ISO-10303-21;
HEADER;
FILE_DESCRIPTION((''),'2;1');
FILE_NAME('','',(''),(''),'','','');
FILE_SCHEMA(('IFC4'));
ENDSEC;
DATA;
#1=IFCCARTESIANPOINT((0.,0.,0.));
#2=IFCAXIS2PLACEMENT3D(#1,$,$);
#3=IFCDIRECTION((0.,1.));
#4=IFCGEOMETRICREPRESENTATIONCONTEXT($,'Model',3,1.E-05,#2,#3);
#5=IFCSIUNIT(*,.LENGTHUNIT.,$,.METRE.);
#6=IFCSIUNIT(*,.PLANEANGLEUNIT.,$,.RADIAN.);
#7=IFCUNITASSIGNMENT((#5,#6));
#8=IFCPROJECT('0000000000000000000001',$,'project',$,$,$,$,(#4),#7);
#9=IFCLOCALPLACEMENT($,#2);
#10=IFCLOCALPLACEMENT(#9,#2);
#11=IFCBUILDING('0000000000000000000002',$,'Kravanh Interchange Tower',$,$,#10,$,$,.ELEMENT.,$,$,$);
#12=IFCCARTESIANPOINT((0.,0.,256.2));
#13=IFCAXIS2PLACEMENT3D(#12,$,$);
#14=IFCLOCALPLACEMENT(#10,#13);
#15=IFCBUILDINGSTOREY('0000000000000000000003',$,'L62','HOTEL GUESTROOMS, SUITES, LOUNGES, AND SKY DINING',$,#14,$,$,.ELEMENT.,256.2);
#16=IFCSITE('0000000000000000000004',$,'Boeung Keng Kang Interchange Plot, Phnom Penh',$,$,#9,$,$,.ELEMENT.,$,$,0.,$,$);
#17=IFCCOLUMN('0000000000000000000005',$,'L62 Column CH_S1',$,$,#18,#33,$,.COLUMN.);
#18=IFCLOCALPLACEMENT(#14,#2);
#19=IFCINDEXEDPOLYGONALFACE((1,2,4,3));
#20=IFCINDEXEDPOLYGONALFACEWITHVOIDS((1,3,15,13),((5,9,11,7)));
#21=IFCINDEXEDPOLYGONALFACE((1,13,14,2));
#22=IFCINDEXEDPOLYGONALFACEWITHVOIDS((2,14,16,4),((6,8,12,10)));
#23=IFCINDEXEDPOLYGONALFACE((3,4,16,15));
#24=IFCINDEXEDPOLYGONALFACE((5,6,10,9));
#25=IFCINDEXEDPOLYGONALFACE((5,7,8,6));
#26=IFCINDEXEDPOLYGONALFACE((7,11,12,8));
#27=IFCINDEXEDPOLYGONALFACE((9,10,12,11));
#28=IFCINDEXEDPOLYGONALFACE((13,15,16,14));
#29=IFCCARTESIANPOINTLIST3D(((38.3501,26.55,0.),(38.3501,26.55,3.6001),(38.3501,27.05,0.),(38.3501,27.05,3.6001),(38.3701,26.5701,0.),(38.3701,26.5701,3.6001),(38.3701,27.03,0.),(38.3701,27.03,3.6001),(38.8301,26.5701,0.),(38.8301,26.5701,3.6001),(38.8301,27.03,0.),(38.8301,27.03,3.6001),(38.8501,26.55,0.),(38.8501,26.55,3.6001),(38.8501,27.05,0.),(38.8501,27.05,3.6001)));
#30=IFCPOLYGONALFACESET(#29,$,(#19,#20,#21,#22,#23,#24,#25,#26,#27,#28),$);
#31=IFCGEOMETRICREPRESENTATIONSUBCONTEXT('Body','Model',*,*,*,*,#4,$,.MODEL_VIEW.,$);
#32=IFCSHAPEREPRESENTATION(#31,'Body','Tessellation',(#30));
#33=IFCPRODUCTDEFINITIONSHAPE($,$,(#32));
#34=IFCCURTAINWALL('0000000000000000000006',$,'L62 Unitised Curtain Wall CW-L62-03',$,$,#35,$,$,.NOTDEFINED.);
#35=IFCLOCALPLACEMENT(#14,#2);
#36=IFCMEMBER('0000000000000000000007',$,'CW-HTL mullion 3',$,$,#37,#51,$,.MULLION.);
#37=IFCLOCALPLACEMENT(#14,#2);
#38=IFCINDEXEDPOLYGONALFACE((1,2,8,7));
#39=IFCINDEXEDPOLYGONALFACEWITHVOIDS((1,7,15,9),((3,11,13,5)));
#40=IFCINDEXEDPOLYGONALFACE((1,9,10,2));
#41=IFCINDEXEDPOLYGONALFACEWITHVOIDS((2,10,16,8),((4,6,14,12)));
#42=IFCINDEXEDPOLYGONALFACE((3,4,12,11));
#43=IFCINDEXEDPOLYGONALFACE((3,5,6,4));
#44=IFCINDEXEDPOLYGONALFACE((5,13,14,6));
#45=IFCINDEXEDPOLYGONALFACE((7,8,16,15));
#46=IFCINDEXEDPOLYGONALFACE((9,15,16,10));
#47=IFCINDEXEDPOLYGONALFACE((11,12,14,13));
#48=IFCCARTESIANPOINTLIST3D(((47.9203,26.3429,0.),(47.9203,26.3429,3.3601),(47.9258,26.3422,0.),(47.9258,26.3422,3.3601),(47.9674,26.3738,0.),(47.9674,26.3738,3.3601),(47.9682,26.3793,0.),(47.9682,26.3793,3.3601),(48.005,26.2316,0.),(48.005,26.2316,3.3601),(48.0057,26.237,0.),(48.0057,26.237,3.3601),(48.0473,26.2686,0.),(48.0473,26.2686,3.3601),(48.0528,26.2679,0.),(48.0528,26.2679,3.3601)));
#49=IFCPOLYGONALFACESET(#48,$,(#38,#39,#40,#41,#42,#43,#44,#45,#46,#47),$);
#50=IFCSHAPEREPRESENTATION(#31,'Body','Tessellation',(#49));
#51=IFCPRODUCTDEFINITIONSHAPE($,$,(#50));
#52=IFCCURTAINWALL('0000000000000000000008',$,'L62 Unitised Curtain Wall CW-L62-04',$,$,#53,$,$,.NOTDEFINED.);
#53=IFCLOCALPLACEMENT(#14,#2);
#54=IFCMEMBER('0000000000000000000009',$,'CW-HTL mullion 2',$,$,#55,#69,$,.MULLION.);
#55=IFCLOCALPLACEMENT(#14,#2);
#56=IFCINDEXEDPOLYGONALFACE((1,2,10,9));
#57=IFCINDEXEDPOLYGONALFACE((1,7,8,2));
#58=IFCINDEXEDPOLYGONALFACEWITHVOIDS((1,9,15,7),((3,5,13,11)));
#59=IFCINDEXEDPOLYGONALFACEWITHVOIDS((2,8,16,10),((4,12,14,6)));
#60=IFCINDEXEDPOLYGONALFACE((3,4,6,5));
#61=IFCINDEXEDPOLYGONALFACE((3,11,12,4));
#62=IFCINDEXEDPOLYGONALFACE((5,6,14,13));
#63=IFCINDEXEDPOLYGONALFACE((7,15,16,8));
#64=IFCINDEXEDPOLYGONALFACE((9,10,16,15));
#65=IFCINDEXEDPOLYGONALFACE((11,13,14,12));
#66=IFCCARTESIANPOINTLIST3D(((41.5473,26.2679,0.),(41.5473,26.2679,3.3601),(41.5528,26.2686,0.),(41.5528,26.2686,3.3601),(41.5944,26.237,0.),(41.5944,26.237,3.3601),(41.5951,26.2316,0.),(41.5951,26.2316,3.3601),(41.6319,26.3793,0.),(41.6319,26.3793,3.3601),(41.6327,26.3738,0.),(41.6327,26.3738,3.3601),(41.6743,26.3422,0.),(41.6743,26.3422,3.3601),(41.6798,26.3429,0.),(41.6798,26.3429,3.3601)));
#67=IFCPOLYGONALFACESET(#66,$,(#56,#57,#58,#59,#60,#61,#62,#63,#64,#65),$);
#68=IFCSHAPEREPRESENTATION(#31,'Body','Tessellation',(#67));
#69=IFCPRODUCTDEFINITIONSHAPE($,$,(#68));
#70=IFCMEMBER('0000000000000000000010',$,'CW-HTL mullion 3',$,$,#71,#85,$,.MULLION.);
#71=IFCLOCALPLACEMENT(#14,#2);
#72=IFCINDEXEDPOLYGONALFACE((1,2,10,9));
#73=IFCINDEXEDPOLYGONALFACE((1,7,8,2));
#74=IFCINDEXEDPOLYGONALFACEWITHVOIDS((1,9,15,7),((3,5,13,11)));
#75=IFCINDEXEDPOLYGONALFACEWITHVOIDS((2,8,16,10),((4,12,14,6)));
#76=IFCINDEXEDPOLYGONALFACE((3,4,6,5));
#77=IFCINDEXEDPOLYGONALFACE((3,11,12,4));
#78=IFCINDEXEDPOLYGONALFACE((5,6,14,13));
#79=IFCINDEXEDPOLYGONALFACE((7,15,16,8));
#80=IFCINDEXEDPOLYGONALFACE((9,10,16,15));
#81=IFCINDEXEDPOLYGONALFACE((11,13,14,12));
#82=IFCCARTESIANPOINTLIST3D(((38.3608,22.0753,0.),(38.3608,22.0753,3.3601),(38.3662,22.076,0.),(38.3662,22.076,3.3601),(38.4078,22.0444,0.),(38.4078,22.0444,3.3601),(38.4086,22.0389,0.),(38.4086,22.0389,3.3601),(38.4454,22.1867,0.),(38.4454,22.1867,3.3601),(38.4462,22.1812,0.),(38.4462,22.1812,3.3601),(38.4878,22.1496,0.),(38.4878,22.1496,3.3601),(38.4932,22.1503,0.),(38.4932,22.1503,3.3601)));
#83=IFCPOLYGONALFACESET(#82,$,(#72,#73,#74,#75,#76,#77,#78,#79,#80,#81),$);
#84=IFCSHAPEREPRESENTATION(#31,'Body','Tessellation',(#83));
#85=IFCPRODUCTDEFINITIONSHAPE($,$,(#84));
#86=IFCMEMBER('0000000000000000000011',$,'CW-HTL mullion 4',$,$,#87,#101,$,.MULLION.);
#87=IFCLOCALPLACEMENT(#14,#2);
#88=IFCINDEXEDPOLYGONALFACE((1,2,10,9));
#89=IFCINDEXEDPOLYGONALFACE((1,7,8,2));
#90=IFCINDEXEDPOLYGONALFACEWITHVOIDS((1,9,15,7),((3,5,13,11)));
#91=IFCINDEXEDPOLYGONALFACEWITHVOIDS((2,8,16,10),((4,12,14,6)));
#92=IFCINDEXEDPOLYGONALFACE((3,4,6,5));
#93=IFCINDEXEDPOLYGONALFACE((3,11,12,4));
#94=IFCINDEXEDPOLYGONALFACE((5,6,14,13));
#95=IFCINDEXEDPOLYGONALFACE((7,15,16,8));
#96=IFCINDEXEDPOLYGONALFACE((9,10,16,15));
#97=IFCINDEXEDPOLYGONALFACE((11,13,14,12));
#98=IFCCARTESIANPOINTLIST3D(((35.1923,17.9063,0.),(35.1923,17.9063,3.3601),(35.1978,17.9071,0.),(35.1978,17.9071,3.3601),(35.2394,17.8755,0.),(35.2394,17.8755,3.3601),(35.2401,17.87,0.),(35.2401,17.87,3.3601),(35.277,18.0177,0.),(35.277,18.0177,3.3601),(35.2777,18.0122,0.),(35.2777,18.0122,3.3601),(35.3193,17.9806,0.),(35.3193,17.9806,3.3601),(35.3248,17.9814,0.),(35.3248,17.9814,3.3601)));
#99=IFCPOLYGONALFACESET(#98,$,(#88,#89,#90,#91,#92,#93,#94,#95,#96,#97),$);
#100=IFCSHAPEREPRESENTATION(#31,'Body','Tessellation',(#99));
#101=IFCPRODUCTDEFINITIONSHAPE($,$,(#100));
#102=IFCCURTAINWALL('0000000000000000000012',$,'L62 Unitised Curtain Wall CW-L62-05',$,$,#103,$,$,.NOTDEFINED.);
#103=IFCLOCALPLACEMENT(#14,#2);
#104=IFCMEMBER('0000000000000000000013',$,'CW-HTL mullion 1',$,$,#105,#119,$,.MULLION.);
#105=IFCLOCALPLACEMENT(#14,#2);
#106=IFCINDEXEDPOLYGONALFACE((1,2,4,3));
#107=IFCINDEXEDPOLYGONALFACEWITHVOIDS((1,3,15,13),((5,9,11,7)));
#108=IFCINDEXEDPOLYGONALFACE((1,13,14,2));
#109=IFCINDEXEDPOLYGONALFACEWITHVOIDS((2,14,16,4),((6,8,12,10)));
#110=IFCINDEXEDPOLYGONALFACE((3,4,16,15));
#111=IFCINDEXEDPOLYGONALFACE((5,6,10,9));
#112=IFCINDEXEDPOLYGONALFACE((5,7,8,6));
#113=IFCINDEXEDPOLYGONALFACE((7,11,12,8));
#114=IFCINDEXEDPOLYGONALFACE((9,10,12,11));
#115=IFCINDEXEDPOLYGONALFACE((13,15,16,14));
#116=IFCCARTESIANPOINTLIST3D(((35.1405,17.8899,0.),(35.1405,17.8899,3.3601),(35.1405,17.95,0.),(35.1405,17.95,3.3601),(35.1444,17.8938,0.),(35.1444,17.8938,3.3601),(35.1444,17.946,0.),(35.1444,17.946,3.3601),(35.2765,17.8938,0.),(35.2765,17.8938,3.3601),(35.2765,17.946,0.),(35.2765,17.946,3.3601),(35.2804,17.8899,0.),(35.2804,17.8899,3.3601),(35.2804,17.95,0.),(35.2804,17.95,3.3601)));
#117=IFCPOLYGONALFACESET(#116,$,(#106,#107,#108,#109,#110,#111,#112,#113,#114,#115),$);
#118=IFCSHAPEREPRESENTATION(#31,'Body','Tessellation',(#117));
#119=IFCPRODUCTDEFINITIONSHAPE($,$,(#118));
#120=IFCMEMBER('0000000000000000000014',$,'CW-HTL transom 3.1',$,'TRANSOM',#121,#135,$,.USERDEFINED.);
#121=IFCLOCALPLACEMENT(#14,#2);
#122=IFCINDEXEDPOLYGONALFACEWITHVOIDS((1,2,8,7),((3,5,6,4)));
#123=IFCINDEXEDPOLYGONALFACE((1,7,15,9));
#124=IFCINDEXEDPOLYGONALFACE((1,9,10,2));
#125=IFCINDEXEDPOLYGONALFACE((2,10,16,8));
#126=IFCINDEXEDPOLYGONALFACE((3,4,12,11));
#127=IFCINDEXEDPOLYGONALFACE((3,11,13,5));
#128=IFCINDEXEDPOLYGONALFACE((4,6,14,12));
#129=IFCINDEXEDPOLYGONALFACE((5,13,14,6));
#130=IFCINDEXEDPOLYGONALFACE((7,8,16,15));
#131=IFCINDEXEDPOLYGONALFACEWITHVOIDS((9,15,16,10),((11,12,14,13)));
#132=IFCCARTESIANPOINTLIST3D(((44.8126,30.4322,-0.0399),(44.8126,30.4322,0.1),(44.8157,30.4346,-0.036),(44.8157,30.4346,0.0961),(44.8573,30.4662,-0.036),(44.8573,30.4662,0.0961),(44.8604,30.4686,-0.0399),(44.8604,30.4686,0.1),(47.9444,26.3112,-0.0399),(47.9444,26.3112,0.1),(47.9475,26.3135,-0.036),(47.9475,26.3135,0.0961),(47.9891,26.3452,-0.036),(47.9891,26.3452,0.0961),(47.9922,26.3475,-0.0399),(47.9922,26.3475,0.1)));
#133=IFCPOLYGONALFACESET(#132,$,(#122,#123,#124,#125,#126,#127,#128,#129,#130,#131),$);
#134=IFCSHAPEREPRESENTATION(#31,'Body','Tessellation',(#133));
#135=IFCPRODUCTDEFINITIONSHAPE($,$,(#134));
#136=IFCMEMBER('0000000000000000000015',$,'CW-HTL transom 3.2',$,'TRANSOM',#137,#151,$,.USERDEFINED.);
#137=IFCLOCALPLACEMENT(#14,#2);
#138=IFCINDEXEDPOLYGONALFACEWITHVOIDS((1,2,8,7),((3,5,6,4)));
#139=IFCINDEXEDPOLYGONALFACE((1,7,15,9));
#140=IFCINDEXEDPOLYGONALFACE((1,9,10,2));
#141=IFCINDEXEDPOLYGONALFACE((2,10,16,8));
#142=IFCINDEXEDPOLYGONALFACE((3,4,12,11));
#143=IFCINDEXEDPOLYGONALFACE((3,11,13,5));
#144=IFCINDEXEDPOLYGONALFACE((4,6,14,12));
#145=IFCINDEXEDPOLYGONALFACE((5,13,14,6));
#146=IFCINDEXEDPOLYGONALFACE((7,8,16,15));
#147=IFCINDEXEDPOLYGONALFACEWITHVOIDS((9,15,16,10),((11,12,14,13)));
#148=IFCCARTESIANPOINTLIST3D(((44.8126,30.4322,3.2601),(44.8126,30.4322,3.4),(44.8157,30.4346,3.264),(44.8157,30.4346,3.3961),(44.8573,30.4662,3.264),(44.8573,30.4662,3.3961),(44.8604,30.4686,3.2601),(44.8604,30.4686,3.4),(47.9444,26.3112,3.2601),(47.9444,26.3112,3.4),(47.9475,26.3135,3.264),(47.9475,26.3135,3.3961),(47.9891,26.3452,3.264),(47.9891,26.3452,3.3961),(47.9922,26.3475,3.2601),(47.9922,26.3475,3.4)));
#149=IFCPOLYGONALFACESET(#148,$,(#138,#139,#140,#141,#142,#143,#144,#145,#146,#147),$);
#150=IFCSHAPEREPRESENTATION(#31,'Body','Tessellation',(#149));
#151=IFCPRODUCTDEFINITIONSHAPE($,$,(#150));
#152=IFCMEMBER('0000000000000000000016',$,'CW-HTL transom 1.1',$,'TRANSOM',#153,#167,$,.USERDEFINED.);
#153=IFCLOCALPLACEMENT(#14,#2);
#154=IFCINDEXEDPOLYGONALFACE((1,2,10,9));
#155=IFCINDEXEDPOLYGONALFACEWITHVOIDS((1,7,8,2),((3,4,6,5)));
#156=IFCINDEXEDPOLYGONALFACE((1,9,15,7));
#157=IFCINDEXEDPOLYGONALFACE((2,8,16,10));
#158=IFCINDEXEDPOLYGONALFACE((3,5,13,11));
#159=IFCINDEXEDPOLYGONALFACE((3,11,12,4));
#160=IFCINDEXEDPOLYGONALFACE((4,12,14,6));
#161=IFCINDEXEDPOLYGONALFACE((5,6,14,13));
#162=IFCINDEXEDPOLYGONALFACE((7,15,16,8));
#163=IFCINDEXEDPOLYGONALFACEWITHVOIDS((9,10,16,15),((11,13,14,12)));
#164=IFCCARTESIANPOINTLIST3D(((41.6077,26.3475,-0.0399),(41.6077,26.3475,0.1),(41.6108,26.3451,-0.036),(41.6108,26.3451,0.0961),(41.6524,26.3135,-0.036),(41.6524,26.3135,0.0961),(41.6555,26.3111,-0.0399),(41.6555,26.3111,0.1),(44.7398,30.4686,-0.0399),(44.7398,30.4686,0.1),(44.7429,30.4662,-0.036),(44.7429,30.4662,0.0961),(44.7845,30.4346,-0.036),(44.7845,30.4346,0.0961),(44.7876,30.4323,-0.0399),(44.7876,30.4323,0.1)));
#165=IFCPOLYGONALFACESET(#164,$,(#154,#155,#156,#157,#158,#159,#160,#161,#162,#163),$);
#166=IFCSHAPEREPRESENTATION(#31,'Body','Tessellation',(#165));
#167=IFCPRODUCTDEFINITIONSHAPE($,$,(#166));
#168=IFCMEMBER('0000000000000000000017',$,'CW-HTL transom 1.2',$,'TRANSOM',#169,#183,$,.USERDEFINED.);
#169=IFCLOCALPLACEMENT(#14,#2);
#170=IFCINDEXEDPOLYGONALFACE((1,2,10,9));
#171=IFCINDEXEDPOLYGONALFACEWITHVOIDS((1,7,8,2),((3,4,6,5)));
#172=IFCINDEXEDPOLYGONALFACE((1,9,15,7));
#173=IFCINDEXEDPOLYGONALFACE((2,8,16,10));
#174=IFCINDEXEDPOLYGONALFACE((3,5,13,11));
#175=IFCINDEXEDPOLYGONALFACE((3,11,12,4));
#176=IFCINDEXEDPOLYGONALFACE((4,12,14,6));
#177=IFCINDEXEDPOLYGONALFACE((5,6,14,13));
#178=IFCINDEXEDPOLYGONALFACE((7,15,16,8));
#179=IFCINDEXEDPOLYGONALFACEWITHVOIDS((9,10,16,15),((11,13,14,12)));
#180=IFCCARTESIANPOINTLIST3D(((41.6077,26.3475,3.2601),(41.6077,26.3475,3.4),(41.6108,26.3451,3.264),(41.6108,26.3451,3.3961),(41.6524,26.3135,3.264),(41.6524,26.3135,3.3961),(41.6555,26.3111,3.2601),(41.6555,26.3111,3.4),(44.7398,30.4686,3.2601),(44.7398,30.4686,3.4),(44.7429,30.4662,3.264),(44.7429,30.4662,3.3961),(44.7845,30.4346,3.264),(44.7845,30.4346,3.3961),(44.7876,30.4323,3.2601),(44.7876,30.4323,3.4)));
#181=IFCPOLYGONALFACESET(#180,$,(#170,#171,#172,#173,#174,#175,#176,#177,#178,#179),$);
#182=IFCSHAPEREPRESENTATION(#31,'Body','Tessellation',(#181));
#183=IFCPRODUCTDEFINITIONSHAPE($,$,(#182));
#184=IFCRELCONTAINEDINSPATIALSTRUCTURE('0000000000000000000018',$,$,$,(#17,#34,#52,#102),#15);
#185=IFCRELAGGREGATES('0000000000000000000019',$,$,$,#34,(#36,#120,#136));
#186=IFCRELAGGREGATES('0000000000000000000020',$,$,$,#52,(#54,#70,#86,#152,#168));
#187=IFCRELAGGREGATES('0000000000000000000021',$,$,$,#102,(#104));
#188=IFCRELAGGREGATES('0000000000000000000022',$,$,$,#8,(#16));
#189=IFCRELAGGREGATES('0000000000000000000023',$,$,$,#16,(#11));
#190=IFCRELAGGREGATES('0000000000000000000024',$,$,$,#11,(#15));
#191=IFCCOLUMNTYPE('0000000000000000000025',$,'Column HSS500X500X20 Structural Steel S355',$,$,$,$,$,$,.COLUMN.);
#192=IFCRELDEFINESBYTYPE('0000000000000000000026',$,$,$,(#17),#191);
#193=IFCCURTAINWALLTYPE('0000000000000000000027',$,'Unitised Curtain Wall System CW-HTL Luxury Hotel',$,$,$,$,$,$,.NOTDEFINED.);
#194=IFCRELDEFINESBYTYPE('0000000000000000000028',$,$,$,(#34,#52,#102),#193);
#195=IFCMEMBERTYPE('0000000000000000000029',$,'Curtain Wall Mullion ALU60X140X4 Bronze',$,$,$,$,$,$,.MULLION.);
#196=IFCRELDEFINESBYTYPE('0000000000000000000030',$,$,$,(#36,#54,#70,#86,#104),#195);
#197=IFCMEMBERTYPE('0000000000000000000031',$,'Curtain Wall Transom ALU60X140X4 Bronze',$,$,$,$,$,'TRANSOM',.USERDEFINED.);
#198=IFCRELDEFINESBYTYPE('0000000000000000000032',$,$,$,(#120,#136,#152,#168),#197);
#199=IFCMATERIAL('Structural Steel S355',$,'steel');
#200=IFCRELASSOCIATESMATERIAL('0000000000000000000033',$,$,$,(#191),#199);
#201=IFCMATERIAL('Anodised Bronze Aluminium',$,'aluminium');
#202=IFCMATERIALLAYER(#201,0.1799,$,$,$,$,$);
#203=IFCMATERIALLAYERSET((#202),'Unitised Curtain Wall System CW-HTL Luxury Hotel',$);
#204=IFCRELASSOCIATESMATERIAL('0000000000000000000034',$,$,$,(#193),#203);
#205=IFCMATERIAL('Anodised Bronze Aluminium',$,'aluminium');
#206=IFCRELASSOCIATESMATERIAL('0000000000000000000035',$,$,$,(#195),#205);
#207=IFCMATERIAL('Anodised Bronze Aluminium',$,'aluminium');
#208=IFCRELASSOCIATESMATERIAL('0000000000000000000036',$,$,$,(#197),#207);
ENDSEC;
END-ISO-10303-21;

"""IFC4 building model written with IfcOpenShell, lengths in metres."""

from ifc_helpers import new_model, si_unit, direction, frame, origin, origin_2d, place, context, subcontext, project, spatial, hollow_rectangle, extrude, material, layer, layer_set, material_profile, profile_set, type_object, element, aggregate, save


model = new_model("IFC4")

# Units and contexts
model_context = context("Model", 3, precision=1e-05, world=origin(), true_north=direction((0.0, 1.0)))
body_context = subcontext(model_context, "Body", "Model", "MODEL_VIEW")
ifc_project = project(units=[si_unit("LENGTHUNIT", "METRE"), si_unit("PLANEANGLEUNIT", "RADIAN")], contexts=[model_context])

# Site, building, storey
site_placement = place(None, origin())
site = spatial("IfcSite", under=ifc_project, at=site_placement, Name="Boeung Keng Kang Interchange Plot, Phnom Penh", CompositionType="ELEMENT", RefElevation=0.0)
building_placement = place(site_placement, origin())
building = spatial("IfcBuilding", under=site, at=building_placement, Name="Kravanh Interchange Tower", CompositionType="ELEMENT")
storey_placement = place(building_placement, frame((0.0, 0.0, 256.2)))
storey = spatial("IfcBuildingStorey", under=building, at=storey_placement, Name="L62", Description="HOTEL GUESTROOMS, SUITES, LOUNGES, AND SKY DINING", CompositionType="ELEMENT", Elevation=256.2)

# Column
ifc_material_1 = material(Name="Structural Steel S355", Category="steel")
ifc_material_profile_1 = material_profile(ifc_material_1, hollow_rectangle(XDim=0.5, YDim=0.5, WallThickness=0.02, at=origin_2d()), Name="HSS500X500X20")
ifc_profile_set_1 = profile_set([ifc_material_profile_1], Name="Structural Steel S355")
column_type = type_object("IfcColumnType", Name="Column HSS500X500X20 Structural Steel S355", PredefinedType="COLUMN", material=ifc_profile_set_1)
column_placement = place(storey_placement, frame((38.6001, 26.8, 0.0), z_axis=(0.0, 0.0, 1.0), x_axis=(1.0, 0.0, 0.0)))
element("IfcColumn", 1, at=column_placement, inside=storey, type_object=column_type, Name="L62 Column CH_S1", PredefinedType="COLUMN", context=body_context, shape_type="SweptSolid", body=[
    extrude(hollow_rectangle(XDim=0.5, YDim=0.5, WallThickness=0.02, at=origin_2d()), origin(), (0.0, 0.0, 1.0), 3.6001),
])

# Curtain wall, member
ifc_material_2 = material(Name="Anodised Bronze Aluminium", Category="aluminium")
ifc_layer_1 = layer(ifc_material_2, 0.1799)
ifc_layer_set_1 = layer_set([ifc_layer_1], Name="Unitised Curtain Wall System CW-HTL Luxury Hotel")
curtain_wall_type = type_object("IfcCurtainWallType", Name="Unitised Curtain Wall System CW-HTL Luxury Hotel", PredefinedType="NOTDEFINED", material=ifc_layer_set_1)
curtain_wall_1_placement = place(storey_placement, origin())
curtain_wall_1 = element("IfcCurtainWall", 2, at=curtain_wall_1_placement, inside=storey, type_object=curtain_wall_type, Name="L62 Unitised Curtain Wall CW-L62-03", PredefinedType="NOTDEFINED")
ifc_material_3 = material(Name="Anodised Bronze Aluminium", Category="aluminium")
ifc_material_profile_2 = material_profile(ifc_material_3, hollow_rectangle(XDim=0.0601, YDim=0.1399, WallThickness=0.0039, at=origin_2d()), Name="ALU60X140X4")
ifc_profile_set_2 = profile_set([ifc_material_profile_2], Name="Anodised Bronze Aluminium")
member_type_1 = type_object("IfcMemberType", Name="Curtain Wall Mullion ALU60X140X4 Bronze", PredefinedType="MULLION", material=ifc_profile_set_2)
member_1_placement = place(storey_placement, frame((47.9866, 26.3054, 0.0), z_axis=(0.0, 0.0, 1.0), x_axis=(-0.796162, -0.605083, 0.0)))
member_1 = element("IfcMember", 3, at=member_1_placement, type_object=member_type_1, Name="CW-HTL mullion 3", PredefinedType="MULLION", context=body_context, shape_type="SweptSolid", body=[
    extrude(hollow_rectangle(XDim=0.0601, YDim=0.1399, WallThickness=0.0039, at=origin_2d()), origin(), (0.0, 0.0, 1.0), 3.3601),
])

# Curtain wall, members
curtain_wall_2_placement = place(storey_placement, origin())
curtain_wall_2 = element("IfcCurtainWall", 4, at=curtain_wall_2_placement, inside=storey, type_object=curtain_wall_type, Name="L62 Unitised Curtain Wall CW-L62-04", PredefinedType="NOTDEFINED")
member_2_placement = place(storey_placement, frame((41.6135, 26.3054, 0.0), z_axis=(0.0, 0.0, 1.0), x_axis=(0.796162, -0.605083, 0.0)))
member_2 = element("IfcMember", 5, at=member_2_placement, type_object=member_type_1, Name="CW-HTL mullion 2", PredefinedType="MULLION", context=body_context, shape_type="SweptSolid", body=[
    extrude(hollow_rectangle(XDim=0.0601, YDim=0.1399, WallThickness=0.0039, at=origin_2d()), origin(), (0.0, 0.0, 1.0), 3.3601),
])
member_3_placement = place(storey_placement, frame((38.427, 22.1128, 0.0), z_axis=(0.0, 0.0, 1.0), x_axis=(0.796162, -0.605083, 0.0)))
member_3 = element("IfcMember", 6, at=member_3_placement, type_object=member_type_1, Name="CW-HTL mullion 3", PredefinedType="MULLION", context=body_context, shape_type="SweptSolid", body=[
    extrude(hollow_rectangle(XDim=0.0601, YDim=0.1399, WallThickness=0.0039, at=origin_2d()), origin(), (0.0, 0.0, 1.0), 3.3601),
])
member_4_placement = place(storey_placement, frame((35.2585, 17.9438, 0.0), z_axis=(0.0, 0.0, 1.0), x_axis=(0.796162, -0.605083, 0.0)))
member_4 = element("IfcMember", 7, at=member_4_placement, type_object=member_type_1, Name="CW-HTL mullion 4", PredefinedType="MULLION", context=body_context, shape_type="SweptSolid", body=[
    extrude(hollow_rectangle(XDim=0.0601, YDim=0.1399, WallThickness=0.0039, at=origin_2d()), origin(), (0.0, 0.0, 1.0), 3.3601),
])

# Curtain wall, member
curtain_wall_3_placement = place(storey_placement, origin())
curtain_wall_3 = element("IfcCurtainWall", 8, at=curtain_wall_3_placement, inside=storey, type_object=curtain_wall_type, Name="L62 Unitised Curtain Wall CW-L62-05", PredefinedType="NOTDEFINED")
member_5_placement = place(storey_placement, frame((35.2104, 17.9199, 0.0), z_axis=(0.0, 0.0, 1.0), x_axis=(0.0, -1.0, 0.0)))
member_5 = element("IfcMember", 9, at=member_5_placement, type_object=member_type_1, Name="CW-HTL mullion 1", PredefinedType="MULLION", context=body_context, shape_type="SweptSolid", body=[
    extrude(hollow_rectangle(XDim=0.0601, YDim=0.1399, WallThickness=0.0039, at=origin_2d()), origin(), (0.0, 0.0, 1.0), 3.3601),
])

# Members
ifc_material_4 = material(Name="Anodised Bronze Aluminium", Category="aluminium")
ifc_material_profile_3 = material_profile(ifc_material_4, hollow_rectangle(XDim=0.0601, YDim=0.1399, WallThickness=0.0039, at=origin_2d()), Name="ALU60X140X4")
ifc_profile_set_3 = profile_set([ifc_material_profile_3], Name="Anodised Bronze Aluminium")
member_type_2 = type_object("IfcMemberType", Name="Curtain Wall Transom ALU60X140X4 Bronze", ElementType="TRANSOM", PredefinedType="USERDEFINED", material=ifc_profile_set_3)
member_6_placement = place(storey_placement, frame((47.9683, 26.3293, 0.03), z_axis=(-0.605059, 0.79618, 0.0), x_axis=(-0.79618, -0.605059, 0.0)))
member_6 = element("IfcMember", 10, at=member_6_placement, type_object=member_type_2, Name="CW-HTL transom 3.1", ObjectType="TRANSOM", PredefinedType="USERDEFINED", context=body_context, shape_type="SweptSolid", body=[
    extrude(hollow_rectangle(XDim=0.0601, YDim=0.1399, WallThickness=0.0039, at=origin_2d()), origin(), (0.0, 0.0, 1.0), 5.176),
])
member_7_placement = place(storey_placement, frame((47.9683, 26.3293, 3.3301), z_axis=(-0.605059, 0.79618, 0.0), x_axis=(-0.79618, -0.605059, 0.0)))
member_7 = element("IfcMember", 11, at=member_7_placement, type_object=member_type_2, Name="CW-HTL transom 3.2", ObjectType="TRANSOM", PredefinedType="USERDEFINED", context=body_context, shape_type="SweptSolid", body=[
    extrude(hollow_rectangle(XDim=0.0601, YDim=0.1399, WallThickness=0.0039, at=origin_2d()), origin(), (0.0, 0.0, 1.0), 5.176),
])
member_8_placement = place(storey_placement, frame((44.7637, 30.4504, 0.03), z_axis=(-0.605089, -0.796158, 0.0), x_axis=(0.796158, -0.605089, 0.0)))
member_8 = element("IfcMember", 12, at=member_8_placement, type_object=member_type_2, Name="CW-HTL transom 1.1", ObjectType="TRANSOM", PredefinedType="USERDEFINED", context=body_context, shape_type="SweptSolid", body=[
    extrude(hollow_rectangle(XDim=0.0601, YDim=0.1399, WallThickness=0.0039, at=origin_2d()), origin(), (0.0, 0.0, 1.0), 5.1763),
])
member_9_placement = place(storey_placement, frame((44.7637, 30.4504, 3.3301), z_axis=(-0.605089, -0.796158, 0.0), x_axis=(0.796158, -0.605089, 0.0)))
member_9 = element("IfcMember", 13, at=member_9_placement, type_object=member_type_2, Name="CW-HTL transom 1.2", ObjectType="TRANSOM", PredefinedType="USERDEFINED", context=body_context, shape_type="SweptSolid", body=[
    extrude(hollow_rectangle(XDim=0.0601, YDim=0.1399, WallThickness=0.0039, at=origin_2d()), origin(), (0.0, 0.0, 1.0), 5.1763),
])

aggregate(curtain_wall_1, [member_1, member_6, member_7])
aggregate(curtain_wall_2, [member_2, member_3, member_4, member_8, member_9])
aggregate(curtain_wall_3, [member_5])

save(model, "model.ifc")
